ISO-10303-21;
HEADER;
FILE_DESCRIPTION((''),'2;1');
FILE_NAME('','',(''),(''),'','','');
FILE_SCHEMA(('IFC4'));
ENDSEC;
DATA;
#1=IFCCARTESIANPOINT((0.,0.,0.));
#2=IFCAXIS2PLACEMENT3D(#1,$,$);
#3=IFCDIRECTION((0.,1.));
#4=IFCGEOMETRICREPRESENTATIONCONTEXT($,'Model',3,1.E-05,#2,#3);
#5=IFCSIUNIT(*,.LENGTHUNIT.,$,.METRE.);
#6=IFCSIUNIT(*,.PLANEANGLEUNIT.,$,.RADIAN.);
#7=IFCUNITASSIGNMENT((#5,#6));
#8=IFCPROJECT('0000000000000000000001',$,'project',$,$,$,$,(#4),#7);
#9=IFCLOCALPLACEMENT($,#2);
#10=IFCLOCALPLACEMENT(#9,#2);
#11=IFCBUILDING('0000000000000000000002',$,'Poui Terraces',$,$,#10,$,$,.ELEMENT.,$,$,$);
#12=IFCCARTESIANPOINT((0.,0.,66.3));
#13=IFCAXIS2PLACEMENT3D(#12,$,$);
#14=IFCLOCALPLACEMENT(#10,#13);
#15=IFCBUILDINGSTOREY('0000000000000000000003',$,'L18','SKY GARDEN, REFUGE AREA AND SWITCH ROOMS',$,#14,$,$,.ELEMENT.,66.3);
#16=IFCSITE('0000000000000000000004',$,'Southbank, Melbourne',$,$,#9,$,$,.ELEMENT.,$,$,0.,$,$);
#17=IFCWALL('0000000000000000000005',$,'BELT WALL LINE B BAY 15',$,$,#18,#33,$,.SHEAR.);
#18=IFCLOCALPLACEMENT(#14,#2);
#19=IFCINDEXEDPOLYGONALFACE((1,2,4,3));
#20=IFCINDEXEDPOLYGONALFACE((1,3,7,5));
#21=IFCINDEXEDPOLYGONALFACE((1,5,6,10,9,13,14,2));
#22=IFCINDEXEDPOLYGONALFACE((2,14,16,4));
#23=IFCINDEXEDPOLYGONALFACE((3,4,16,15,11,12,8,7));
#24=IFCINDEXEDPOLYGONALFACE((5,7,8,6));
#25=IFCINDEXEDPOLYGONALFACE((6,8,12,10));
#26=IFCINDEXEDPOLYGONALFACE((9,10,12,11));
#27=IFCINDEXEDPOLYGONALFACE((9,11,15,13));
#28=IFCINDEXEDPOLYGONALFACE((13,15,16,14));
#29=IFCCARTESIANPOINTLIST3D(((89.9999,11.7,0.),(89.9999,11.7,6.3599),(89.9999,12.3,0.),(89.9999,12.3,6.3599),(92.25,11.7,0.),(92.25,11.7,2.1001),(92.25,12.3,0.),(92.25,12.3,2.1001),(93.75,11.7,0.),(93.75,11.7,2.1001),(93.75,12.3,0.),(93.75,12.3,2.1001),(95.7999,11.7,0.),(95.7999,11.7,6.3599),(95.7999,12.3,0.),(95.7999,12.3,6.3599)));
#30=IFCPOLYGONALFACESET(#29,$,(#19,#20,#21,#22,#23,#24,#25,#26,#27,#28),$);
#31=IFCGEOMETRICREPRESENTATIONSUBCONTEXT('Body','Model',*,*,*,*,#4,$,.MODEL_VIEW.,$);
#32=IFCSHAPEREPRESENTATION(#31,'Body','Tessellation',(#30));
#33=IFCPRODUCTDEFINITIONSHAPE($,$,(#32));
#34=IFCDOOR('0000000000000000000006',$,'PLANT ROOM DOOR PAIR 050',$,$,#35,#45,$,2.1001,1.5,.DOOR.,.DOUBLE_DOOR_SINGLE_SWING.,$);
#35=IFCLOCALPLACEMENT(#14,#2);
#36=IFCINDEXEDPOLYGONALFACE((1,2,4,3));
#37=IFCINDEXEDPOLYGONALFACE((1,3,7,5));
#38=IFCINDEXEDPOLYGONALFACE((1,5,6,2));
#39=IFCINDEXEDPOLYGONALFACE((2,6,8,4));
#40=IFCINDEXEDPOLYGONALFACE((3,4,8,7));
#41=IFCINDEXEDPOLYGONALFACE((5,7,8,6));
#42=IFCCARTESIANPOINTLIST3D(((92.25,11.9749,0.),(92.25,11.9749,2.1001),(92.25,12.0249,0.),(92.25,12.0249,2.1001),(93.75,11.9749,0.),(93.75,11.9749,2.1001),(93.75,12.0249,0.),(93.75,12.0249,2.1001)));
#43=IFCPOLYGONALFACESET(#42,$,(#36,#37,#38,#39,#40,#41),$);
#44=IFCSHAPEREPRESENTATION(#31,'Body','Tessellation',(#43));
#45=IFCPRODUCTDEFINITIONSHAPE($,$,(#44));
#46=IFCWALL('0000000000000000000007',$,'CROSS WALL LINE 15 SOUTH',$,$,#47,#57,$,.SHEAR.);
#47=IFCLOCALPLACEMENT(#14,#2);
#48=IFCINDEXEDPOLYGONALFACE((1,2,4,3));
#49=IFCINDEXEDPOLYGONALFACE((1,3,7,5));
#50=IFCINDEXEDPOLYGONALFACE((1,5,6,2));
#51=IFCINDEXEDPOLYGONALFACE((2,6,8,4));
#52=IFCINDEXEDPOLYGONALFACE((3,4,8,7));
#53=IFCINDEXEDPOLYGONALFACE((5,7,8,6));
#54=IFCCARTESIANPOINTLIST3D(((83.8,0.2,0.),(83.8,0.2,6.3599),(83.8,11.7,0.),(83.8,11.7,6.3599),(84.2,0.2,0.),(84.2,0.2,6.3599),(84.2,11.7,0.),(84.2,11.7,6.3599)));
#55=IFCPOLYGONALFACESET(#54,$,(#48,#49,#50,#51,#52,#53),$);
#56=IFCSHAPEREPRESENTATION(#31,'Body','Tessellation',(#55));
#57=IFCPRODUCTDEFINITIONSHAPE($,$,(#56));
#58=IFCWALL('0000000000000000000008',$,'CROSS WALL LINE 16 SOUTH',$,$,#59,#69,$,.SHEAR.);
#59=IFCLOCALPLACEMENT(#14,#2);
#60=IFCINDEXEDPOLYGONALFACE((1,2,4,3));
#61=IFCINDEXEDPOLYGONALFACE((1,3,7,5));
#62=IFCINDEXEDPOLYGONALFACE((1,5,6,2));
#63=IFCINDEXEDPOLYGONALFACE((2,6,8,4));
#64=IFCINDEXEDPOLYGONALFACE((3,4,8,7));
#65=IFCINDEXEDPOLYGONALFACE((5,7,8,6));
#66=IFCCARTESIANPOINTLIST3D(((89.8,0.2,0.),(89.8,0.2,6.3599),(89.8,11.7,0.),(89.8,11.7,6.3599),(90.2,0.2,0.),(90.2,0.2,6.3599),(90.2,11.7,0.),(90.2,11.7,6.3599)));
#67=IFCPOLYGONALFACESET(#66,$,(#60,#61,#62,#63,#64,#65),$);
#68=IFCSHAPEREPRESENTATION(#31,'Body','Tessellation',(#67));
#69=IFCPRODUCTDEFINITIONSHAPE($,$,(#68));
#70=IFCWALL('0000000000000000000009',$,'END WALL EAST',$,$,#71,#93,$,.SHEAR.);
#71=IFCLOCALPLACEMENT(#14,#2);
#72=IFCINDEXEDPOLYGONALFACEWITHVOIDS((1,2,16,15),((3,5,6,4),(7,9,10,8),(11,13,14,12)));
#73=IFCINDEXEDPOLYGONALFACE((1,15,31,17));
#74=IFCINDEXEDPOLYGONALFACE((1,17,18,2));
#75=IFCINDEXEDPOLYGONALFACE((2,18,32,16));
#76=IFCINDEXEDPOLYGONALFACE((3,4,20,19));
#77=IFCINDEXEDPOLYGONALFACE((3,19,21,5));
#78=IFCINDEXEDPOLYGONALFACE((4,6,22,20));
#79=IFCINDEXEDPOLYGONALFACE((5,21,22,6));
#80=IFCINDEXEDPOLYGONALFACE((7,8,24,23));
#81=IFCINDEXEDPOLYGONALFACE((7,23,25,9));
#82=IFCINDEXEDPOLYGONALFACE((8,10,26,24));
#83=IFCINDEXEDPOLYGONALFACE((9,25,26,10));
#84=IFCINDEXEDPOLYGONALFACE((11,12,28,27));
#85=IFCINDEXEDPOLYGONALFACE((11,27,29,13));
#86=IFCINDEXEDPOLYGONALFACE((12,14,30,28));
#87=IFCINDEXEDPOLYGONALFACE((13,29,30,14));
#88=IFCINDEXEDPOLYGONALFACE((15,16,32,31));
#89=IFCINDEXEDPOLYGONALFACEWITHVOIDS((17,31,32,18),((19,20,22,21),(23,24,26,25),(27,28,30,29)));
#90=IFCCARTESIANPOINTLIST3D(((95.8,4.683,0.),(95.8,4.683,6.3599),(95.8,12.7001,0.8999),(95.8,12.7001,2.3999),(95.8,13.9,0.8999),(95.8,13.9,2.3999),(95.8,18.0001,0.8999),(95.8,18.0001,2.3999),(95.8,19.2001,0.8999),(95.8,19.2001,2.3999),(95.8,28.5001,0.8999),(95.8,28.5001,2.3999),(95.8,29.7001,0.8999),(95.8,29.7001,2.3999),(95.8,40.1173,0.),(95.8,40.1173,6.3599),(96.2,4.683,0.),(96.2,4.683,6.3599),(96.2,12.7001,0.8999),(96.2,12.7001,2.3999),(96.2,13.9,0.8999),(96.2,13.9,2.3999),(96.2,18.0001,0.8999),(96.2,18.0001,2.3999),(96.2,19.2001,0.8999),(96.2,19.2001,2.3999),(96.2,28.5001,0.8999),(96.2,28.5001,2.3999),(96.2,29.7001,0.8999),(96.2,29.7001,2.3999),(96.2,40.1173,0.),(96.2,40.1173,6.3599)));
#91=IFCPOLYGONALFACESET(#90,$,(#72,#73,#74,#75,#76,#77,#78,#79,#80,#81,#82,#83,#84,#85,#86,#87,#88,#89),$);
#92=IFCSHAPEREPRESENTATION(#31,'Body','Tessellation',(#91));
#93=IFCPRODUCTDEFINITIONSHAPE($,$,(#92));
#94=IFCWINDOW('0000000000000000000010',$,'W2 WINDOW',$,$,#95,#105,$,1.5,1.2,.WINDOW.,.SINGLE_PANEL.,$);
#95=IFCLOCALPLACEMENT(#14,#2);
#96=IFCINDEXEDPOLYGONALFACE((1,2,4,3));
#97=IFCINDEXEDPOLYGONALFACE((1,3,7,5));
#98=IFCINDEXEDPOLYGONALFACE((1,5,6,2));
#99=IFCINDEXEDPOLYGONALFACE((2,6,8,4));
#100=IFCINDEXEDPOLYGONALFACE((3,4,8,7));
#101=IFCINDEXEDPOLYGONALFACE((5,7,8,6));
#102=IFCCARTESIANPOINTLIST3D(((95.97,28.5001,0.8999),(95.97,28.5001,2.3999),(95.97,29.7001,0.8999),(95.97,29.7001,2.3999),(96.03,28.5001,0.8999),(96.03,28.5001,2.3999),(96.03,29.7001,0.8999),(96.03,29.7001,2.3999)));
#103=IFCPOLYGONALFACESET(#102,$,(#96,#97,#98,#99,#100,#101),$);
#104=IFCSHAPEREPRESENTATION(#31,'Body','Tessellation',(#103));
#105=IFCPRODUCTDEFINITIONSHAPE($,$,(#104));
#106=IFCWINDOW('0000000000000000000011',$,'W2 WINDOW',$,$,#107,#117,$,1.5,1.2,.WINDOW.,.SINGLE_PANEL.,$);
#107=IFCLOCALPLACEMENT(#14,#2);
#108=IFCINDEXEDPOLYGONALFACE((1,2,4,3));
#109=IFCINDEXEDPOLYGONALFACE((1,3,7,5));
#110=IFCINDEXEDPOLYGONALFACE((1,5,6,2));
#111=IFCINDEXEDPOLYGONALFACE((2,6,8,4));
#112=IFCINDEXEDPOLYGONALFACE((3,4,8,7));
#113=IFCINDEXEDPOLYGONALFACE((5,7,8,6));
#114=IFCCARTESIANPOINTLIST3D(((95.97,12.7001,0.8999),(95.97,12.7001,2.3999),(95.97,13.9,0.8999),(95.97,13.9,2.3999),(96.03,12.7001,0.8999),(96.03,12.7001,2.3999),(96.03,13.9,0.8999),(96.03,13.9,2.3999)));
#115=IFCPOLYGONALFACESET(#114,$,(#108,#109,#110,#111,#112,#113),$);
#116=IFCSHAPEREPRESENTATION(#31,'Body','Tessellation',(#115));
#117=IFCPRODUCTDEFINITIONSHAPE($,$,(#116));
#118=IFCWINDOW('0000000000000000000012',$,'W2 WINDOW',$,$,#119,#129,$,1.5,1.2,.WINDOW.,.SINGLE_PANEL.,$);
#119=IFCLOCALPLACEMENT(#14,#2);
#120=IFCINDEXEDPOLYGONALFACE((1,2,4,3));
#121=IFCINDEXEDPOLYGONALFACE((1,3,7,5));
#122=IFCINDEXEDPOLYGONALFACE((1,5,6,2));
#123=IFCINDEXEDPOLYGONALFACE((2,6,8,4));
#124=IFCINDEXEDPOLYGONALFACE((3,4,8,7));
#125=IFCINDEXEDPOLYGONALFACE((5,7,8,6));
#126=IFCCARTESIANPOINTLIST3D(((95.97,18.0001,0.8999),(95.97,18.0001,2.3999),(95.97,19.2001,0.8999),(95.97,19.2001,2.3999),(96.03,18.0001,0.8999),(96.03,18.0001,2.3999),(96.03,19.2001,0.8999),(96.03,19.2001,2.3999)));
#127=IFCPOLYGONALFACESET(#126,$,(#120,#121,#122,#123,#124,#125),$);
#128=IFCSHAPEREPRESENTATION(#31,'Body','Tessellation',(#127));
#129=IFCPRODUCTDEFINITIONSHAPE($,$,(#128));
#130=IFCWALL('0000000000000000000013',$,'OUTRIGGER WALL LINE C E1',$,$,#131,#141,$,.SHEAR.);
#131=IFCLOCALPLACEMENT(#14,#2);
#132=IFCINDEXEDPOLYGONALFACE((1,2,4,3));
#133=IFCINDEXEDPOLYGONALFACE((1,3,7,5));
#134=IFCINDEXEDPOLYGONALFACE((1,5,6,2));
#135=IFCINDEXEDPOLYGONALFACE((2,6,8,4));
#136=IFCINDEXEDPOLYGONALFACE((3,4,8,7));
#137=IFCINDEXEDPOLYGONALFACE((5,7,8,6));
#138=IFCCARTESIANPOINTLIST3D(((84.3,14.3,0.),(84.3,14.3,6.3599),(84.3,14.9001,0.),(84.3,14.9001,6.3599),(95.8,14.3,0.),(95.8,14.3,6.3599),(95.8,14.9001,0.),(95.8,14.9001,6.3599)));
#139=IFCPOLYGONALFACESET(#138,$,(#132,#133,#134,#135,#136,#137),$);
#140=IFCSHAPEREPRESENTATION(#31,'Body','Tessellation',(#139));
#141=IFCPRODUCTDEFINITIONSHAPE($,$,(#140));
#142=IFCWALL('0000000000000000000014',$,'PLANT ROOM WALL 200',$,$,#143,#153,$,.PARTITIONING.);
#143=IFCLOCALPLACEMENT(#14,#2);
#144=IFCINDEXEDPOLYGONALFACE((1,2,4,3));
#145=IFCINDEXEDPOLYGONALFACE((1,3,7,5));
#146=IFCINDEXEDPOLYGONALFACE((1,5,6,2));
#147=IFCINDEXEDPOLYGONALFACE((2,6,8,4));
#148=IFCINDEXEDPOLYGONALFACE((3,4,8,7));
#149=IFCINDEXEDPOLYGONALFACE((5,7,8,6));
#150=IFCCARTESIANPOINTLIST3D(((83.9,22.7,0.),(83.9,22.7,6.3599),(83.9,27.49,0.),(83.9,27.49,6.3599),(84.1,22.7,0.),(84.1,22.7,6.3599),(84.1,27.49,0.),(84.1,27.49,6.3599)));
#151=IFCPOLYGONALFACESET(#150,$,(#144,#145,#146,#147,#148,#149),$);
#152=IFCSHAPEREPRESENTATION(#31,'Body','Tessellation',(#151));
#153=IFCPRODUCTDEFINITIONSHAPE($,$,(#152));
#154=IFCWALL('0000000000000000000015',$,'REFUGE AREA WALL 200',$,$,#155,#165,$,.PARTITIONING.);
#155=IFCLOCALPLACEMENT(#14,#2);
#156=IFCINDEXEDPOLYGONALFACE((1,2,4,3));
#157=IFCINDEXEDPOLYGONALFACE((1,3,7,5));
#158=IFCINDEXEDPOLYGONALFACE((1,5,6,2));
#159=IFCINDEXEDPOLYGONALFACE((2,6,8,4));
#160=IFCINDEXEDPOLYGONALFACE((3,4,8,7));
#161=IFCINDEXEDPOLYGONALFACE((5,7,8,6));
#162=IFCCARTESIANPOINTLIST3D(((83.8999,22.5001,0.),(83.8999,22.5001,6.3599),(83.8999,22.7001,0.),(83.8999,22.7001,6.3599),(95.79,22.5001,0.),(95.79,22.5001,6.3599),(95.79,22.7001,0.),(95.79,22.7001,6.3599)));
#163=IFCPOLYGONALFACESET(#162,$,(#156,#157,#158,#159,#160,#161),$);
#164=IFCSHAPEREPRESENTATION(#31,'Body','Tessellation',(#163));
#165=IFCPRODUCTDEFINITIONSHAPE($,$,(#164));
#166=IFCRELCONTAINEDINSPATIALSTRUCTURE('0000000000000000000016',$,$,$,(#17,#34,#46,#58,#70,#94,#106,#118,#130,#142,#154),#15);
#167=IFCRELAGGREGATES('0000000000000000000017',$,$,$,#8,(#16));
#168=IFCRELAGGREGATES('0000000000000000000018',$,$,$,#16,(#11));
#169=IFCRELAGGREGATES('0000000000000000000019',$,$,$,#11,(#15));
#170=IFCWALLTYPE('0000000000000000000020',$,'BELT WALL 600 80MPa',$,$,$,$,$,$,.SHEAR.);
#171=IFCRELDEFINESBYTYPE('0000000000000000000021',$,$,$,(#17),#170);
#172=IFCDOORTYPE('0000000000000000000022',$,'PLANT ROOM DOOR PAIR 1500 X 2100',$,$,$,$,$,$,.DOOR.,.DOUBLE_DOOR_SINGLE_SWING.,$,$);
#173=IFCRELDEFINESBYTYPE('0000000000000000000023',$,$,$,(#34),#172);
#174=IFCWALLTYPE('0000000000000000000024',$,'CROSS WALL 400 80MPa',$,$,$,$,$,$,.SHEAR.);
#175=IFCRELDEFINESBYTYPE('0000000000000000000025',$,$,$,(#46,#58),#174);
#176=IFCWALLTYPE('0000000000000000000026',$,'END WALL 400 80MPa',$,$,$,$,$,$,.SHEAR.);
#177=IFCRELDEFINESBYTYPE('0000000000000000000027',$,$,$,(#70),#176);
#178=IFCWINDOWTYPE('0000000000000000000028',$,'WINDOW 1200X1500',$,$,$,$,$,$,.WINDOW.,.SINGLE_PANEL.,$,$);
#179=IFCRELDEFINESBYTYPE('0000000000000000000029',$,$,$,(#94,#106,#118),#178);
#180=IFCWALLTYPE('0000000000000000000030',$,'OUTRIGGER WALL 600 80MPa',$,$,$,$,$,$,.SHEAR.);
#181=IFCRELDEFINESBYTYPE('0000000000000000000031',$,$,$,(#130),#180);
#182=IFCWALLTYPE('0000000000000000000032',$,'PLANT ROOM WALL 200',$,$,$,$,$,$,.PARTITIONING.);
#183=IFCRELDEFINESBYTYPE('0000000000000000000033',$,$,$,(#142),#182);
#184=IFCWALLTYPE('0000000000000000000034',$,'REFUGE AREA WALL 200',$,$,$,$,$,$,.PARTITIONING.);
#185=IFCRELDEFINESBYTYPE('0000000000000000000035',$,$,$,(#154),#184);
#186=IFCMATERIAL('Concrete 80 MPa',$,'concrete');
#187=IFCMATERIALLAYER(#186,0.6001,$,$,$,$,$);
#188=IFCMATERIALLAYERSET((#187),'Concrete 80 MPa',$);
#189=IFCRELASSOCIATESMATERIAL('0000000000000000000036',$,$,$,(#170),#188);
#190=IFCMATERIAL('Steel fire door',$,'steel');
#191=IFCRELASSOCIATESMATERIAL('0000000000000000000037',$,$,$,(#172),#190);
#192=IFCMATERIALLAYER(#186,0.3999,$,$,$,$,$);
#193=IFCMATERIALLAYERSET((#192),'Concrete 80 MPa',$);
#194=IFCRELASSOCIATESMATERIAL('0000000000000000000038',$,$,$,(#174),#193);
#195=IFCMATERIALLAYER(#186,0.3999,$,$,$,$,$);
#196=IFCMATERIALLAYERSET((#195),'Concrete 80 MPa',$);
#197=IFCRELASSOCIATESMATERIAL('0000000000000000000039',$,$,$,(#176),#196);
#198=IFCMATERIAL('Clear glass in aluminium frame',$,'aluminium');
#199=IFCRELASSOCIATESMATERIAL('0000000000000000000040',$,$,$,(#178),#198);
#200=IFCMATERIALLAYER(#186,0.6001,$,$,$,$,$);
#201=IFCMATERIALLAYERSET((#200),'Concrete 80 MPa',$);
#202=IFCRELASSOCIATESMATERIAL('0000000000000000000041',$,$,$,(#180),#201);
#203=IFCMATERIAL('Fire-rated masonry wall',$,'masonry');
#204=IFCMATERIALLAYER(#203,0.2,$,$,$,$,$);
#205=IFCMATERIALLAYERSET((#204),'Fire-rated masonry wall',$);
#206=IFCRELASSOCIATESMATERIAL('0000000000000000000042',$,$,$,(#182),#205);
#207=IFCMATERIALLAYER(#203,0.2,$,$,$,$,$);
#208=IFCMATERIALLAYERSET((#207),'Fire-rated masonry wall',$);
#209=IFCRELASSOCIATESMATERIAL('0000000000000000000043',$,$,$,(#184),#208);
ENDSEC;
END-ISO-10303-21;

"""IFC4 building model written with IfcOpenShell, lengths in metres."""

from ifc_helpers import new_model, si_unit, direction, frame, frame_2d, origin, place, context, subcontext, project, spatial, rectangle, extrude, material, layer, layer_set, type_object, element, fill, save


model = new_model("IFC4")

# Units and contexts
model_context = context("Model", 3, precision=1e-05, world=origin(), true_north=direction((0.0, 1.0)))
body_context = subcontext(model_context, "Body", "Model", "MODEL_VIEW")
ifc_project = project(units=[si_unit("LENGTHUNIT", "METRE"), si_unit("PLANEANGLEUNIT", "RADIAN")], contexts=[model_context])

# Site, building, storey
site_placement = place(None, origin())
site = spatial("IfcSite", under=ifc_project, at=site_placement, Name="Southbank, Melbourne", CompositionType="ELEMENT", RefElevation=0.0)
building_placement = place(site_placement, origin())
building = spatial("IfcBuilding", under=site, at=building_placement, Name="Poui Terraces", CompositionType="ELEMENT")
storey_placement = place(building_placement, frame((0.0, 0.0, 66.3)))
storey = spatial("IfcBuildingStorey", under=building, at=storey_placement, Name="L18", Description="SKY GARDEN, REFUGE AREA AND SWITCH ROOMS", CompositionType="ELEMENT", Elevation=66.3)

# Wall, opening, door
ifc_material_1 = material(Name="Concrete 80 MPa", Category="concrete")
ifc_layer_1 = layer(ifc_material_1, 0.6001)
ifc_layer_set_1 = layer_set([ifc_layer_1], Name="Concrete 80 MPa")
wall_type_1 = type_object("IfcWallType", Name="BELT WALL 600 80MPa", PredefinedType="SHEAR", material=ifc_layer_set_1)
ifc_material_2 = material(Name="Steel fire door", Category="steel")
door_type_1 = type_object("IfcDoorType", Name="PLANT ROOM DOOR PAIR 1500 X 2100", OperationType="DOUBLE_DOOR_SINGLE_SWING", PredefinedType="DOOR", material=ifc_material_2)
wall_1_placement = place(storey_placement, frame((90.0, 12.0, 0.0), z_axis=(0.0, 0.0, 1.0), x_axis=(1.0, 0.0, 0.0)))
wall_1 = element("IfcWall", 1, at=wall_1_placement, inside=storey, type_object=wall_type_1, Name="BELT WALL LINE B BAY 15", PredefinedType="SHEAR", context=body_context, shape_type="SweptSolid", body=[
    extrude(rectangle(XDim=5.8, YDim=0.6001, at=frame_2d((2.8999, 0.0))), origin(), (0.0, 0.0, 1.0), 6.3599),
])
opening_1_placement = place(wall_1_placement, frame((2.25, 0.0, 0.0)))
opening_1 = element("IfcOpeningElement", 2, at=opening_1_placement, cuts=wall_1, PredefinedType="OPENING", context=body_context, shape_type="SweptSolid", body=[
    extrude(rectangle(XDim=1.5, YDim=2.1001, at=frame_2d((0.75, 1.05))), frame((0.0, 0.3101, 0.0), z_axis=(0.0, -1.0, 0.0), x_axis=(1.0, 0.0, 0.0)), (0.0, 0.0, 1.0), 0.6201),
])
door_1_placement = place(opening_1_placement, origin())
door_1 = element("IfcDoor", 3, at=door_1_placement, inside=storey, type_object=door_type_1, Name="PLANT ROOM DOOR PAIR 050", OperationType="DOUBLE_DOOR_SINGLE_SWING", OverallHeight=2.1001, OverallWidth=1.5, PredefinedType="DOOR", context=body_context, shape_type="SweptSolid", body=[
    extrude(rectangle(XDim=1.5, YDim=2.1001, at=frame_2d((0.75, 1.05))), frame((0.0, 0.0249, 0.0), z_axis=(0.0, -1.0, 0.0), x_axis=(1.0, 0.0, 0.0)), (0.0, 0.0, 1.0), 0.05),
])
fill(opening_1, door_1)

# Walls
ifc_layer_2 = layer(ifc_material_1, 0.3999)
ifc_layer_set_2 = layer_set([ifc_layer_2], Name="Concrete 80 MPa")
wall_type_2 = type_object("IfcWallType", Name="CROSS WALL 400 80MPa", PredefinedType="SHEAR", material=ifc_layer_set_2)
for number, where, z_axis, x_axis, name in (
    (4, (84.0, 0.2, 0.0), (0.0, 0.0, 1.0), (0.0, 1.0, 0.0), "CROSS WALL LINE 15 SOUTH"),
    (5, (90.0, 0.2, 0.0), (0.0, 0.0, 1.0), (0.0, 1.0, 0.0), "CROSS WALL LINE 16 SOUTH"),
):
    element("IfcWall", number, at=place(storey_placement, frame(where, z_axis=z_axis, x_axis=x_axis)), inside=storey, type_object=wall_type_2, Name=name, PredefinedType="SHEAR", context=body_context, shape_type="SweptSolid", body=[
        extrude(rectangle(XDim=11.5, YDim=0.3999, at=frame_2d((5.75, 0.0))), origin(), (0.0, 0.0, 1.0), 6.3599),
    ])

# Wall, openings, windows
ifc_layer_3 = layer(ifc_material_1, 0.3999)
ifc_layer_set_3 = layer_set([ifc_layer_3], Name="Concrete 80 MPa")
wall_type_3 = type_object("IfcWallType", Name="END WALL 400 80MPa", PredefinedType="SHEAR", material=ifc_layer_set_3)
wall_2_placement = place(storey_placement, frame((96.0, 4.6829, 0.0), z_axis=(0.0, 0.0, 1.0), x_axis=(0.0, 1.0, 0.0)))
wall_2 = element("IfcWall", 6, at=wall_2_placement, inside=storey, type_object=wall_type_3, Name="END WALL EAST", PredefinedType="SHEAR", context=body_context, shape_type="SweptSolid", body=[
    extrude(rectangle(XDim=35.4343, YDim=0.3999, at=frame_2d((17.7173, 0.0))), origin(), (0.0, 0.0, 1.0), 6.3599),
])
opening_2_placement = place(wall_2_placement, frame((23.8171, 0.0, 0.8999)))
opening_2 = element("IfcOpeningElement", 7, at=opening_2_placement, cuts=wall_2, PredefinedType="OPENING", context=body_context, shape_type="SweptSolid", body=[
    extrude(rectangle(XDim=1.2, YDim=1.5, at=frame_2d((0.6001, 0.75))), frame((0.0, 0.21, 0.0), z_axis=(0.0, -1.0, 0.0), x_axis=(1.0, 0.0, 0.0)), (0.0, 0.0, 1.0), 0.4199),
])
opening_3_placement = place(wall_2_placement, frame((8.0171, 0.0, 0.8999)))
opening_3 = element("IfcOpeningElement", 8, at=opening_3_placement, cuts=wall_2, PredefinedType="OPENING", context=body_context, shape_type="SweptSolid", body=[
    extrude(rectangle(XDim=1.2, YDim=1.5, at=frame_2d((0.6001, 0.75))), frame((0.0, 0.21, 0.0), z_axis=(0.0, -1.0, 0.0), x_axis=(1.0, 0.0, 0.0)), (0.0, 0.0, 1.0), 0.4199),
])
opening_4_placement = place(wall_2_placement, frame((13.3171, 0.0, 0.8999)))
opening_4 = element("IfcOpeningElement", 9, at=opening_4_placement, cuts=wall_2, PredefinedType="OPENING", context=body_context, shape_type="SweptSolid", body=[
    extrude(rectangle(XDim=1.2, YDim=1.5, at=frame_2d((0.6001, 0.75))), frame((0.0, 0.21, 0.0), z_axis=(0.0, -1.0, 0.0), x_axis=(1.0, 0.0, 0.0)), (0.0, 0.0, 1.0), 0.4199),
])
ifc_material_3 = material(Name="Clear glass in aluminium frame", Category="aluminium")
window_type = type_object("IfcWindowType", Name="WINDOW 1200X1500", PartitioningType="SINGLE_PANEL", PredefinedType="WINDOW", material=ifc_material_3)
window_1_placement = place(opening_2_placement, origin())
window_1 = element("IfcWindow", 10, at=window_1_placement, inside=storey, type_object=window_type, Name="W2 WINDOW", OverallHeight=1.5, OverallWidth=1.2, PartitioningType="SINGLE_PANEL", PredefinedType="WINDOW", context=body_context, shape_type="SweptSolid", body=[
    extrude(rectangle(XDim=1.2, YDim=1.5, at=frame_2d((0.6001, 0.75))), frame((0.0, 0.03, 0.0), z_axis=(0.0, -1.0, 0.0), x_axis=(1.0, 0.0, 0.0)), (0.0, 0.0, 1.0), 0.0601),
])
fill(opening_2, window_1)
window_2_placement = place(opening_3_placement, origin())
window_2 = element("IfcWindow", 11, at=window_2_placement, inside=storey, type_object=window_type, Name="W2 WINDOW", OverallHeight=1.5, OverallWidth=1.2, PartitioningType="SINGLE_PANEL", PredefinedType="WINDOW", context=body_context, shape_type="SweptSolid", body=[
    extrude(rectangle(XDim=1.2, YDim=1.5, at=frame_2d((0.6001, 0.75))), frame((0.0, 0.03, 0.0), z_axis=(0.0, -1.0, 0.0), x_axis=(1.0, 0.0, 0.0)), (0.0, 0.0, 1.0), 0.0601),
])
fill(opening_3, window_2)
window_3_placement = place(opening_4_placement, origin())
window_3 = element("IfcWindow", 12, at=window_3_placement, inside=storey, type_object=window_type, Name="W2 WINDOW", OverallHeight=1.5, OverallWidth=1.2, PartitioningType="SINGLE_PANEL", PredefinedType="WINDOW", context=body_context, shape_type="SweptSolid", body=[
    extrude(rectangle(XDim=1.2, YDim=1.5, at=frame_2d((0.6001, 0.75))), frame((0.0, 0.03, 0.0), z_axis=(0.0, -1.0, 0.0), x_axis=(1.0, 0.0, 0.0)), (0.0, 0.0, 1.0), 0.0601),
])
fill(opening_4, window_3)

# Walls
ifc_layer_4 = layer(ifc_material_1, 0.6001)
ifc_layer_set_4 = layer_set([ifc_layer_4], Name="Concrete 80 MPa")
wall_type_4 = type_object("IfcWallType", Name="OUTRIGGER WALL 600 80MPa", PredefinedType="SHEAR", material=ifc_layer_set_4)
wall_3_placement = place(storey_placement, frame((84.3, 14.6001, 0.0), z_axis=(0.0, 0.0, 1.0), x_axis=(1.0, 0.0, 0.0)))
element("IfcWall", 13, at=wall_3_placement, inside=storey, type_object=wall_type_4, Name="OUTRIGGER WALL LINE C E1", PredefinedType="SHEAR", context=body_context, shape_type="SweptSolid", body=[
    extrude(rectangle(XDim=11.5, YDim=0.6001, at=frame_2d((5.75, 0.0))), origin(), (0.0, 0.0, 1.0), 6.3599),
])
ifc_material_4 = material(Name="Fire-rated masonry wall", Category="masonry")
ifc_layer_5 = layer(ifc_material_4, 0.2)
ifc_layer_set_5 = layer_set([ifc_layer_5], Name="Fire-rated masonry wall")
wall_type_5 = type_object("IfcWallType", Name="PLANT ROOM WALL 200", PredefinedType="PARTITIONING", material=ifc_layer_set_5)
wall_4_placement = place(storey_placement, frame((84.0, 22.7, 0.0), z_axis=(0.0, 0.0, 1.0), x_axis=(0.0, 1.0, 0.0)))
element("IfcWall", 14, at=wall_4_placement, inside=storey, type_object=wall_type_5, Name="PLANT ROOM WALL 200", PredefinedType="PARTITIONING", context=body_context, shape_type="SweptSolid", body=[
    extrude(rectangle(XDim=4.79, YDim=0.2, at=frame_2d((2.395, 0.0))), origin(), (0.0, 0.0, 1.0), 6.3599),
])
ifc_layer_6 = layer(ifc_material_4, 0.2)
ifc_layer_set_6 = layer_set([ifc_layer_6], Name="Fire-rated masonry wall")
wall_type_6 = type_object("IfcWallType", Name="REFUGE AREA WALL 200", PredefinedType="PARTITIONING", material=ifc_layer_set_6)
wall_5_placement = place(storey_placement, frame((83.8999, 22.6001, 0.0), z_axis=(0.0, 0.0, 1.0), x_axis=(1.0, 0.0, 0.0)))
element("IfcWall", 15, at=wall_5_placement, inside=storey, type_object=wall_type_6, Name="REFUGE AREA WALL 200", PredefinedType="PARTITIONING", context=body_context, shape_type="SweptSolid", body=[
    extrude(rectangle(XDim=11.8901, YDim=0.2, at=frame_2d((5.9451, 0.0))), origin(), (0.0, 0.0, 1.0), 6.3599),
])

save(model, "model.ifc")
